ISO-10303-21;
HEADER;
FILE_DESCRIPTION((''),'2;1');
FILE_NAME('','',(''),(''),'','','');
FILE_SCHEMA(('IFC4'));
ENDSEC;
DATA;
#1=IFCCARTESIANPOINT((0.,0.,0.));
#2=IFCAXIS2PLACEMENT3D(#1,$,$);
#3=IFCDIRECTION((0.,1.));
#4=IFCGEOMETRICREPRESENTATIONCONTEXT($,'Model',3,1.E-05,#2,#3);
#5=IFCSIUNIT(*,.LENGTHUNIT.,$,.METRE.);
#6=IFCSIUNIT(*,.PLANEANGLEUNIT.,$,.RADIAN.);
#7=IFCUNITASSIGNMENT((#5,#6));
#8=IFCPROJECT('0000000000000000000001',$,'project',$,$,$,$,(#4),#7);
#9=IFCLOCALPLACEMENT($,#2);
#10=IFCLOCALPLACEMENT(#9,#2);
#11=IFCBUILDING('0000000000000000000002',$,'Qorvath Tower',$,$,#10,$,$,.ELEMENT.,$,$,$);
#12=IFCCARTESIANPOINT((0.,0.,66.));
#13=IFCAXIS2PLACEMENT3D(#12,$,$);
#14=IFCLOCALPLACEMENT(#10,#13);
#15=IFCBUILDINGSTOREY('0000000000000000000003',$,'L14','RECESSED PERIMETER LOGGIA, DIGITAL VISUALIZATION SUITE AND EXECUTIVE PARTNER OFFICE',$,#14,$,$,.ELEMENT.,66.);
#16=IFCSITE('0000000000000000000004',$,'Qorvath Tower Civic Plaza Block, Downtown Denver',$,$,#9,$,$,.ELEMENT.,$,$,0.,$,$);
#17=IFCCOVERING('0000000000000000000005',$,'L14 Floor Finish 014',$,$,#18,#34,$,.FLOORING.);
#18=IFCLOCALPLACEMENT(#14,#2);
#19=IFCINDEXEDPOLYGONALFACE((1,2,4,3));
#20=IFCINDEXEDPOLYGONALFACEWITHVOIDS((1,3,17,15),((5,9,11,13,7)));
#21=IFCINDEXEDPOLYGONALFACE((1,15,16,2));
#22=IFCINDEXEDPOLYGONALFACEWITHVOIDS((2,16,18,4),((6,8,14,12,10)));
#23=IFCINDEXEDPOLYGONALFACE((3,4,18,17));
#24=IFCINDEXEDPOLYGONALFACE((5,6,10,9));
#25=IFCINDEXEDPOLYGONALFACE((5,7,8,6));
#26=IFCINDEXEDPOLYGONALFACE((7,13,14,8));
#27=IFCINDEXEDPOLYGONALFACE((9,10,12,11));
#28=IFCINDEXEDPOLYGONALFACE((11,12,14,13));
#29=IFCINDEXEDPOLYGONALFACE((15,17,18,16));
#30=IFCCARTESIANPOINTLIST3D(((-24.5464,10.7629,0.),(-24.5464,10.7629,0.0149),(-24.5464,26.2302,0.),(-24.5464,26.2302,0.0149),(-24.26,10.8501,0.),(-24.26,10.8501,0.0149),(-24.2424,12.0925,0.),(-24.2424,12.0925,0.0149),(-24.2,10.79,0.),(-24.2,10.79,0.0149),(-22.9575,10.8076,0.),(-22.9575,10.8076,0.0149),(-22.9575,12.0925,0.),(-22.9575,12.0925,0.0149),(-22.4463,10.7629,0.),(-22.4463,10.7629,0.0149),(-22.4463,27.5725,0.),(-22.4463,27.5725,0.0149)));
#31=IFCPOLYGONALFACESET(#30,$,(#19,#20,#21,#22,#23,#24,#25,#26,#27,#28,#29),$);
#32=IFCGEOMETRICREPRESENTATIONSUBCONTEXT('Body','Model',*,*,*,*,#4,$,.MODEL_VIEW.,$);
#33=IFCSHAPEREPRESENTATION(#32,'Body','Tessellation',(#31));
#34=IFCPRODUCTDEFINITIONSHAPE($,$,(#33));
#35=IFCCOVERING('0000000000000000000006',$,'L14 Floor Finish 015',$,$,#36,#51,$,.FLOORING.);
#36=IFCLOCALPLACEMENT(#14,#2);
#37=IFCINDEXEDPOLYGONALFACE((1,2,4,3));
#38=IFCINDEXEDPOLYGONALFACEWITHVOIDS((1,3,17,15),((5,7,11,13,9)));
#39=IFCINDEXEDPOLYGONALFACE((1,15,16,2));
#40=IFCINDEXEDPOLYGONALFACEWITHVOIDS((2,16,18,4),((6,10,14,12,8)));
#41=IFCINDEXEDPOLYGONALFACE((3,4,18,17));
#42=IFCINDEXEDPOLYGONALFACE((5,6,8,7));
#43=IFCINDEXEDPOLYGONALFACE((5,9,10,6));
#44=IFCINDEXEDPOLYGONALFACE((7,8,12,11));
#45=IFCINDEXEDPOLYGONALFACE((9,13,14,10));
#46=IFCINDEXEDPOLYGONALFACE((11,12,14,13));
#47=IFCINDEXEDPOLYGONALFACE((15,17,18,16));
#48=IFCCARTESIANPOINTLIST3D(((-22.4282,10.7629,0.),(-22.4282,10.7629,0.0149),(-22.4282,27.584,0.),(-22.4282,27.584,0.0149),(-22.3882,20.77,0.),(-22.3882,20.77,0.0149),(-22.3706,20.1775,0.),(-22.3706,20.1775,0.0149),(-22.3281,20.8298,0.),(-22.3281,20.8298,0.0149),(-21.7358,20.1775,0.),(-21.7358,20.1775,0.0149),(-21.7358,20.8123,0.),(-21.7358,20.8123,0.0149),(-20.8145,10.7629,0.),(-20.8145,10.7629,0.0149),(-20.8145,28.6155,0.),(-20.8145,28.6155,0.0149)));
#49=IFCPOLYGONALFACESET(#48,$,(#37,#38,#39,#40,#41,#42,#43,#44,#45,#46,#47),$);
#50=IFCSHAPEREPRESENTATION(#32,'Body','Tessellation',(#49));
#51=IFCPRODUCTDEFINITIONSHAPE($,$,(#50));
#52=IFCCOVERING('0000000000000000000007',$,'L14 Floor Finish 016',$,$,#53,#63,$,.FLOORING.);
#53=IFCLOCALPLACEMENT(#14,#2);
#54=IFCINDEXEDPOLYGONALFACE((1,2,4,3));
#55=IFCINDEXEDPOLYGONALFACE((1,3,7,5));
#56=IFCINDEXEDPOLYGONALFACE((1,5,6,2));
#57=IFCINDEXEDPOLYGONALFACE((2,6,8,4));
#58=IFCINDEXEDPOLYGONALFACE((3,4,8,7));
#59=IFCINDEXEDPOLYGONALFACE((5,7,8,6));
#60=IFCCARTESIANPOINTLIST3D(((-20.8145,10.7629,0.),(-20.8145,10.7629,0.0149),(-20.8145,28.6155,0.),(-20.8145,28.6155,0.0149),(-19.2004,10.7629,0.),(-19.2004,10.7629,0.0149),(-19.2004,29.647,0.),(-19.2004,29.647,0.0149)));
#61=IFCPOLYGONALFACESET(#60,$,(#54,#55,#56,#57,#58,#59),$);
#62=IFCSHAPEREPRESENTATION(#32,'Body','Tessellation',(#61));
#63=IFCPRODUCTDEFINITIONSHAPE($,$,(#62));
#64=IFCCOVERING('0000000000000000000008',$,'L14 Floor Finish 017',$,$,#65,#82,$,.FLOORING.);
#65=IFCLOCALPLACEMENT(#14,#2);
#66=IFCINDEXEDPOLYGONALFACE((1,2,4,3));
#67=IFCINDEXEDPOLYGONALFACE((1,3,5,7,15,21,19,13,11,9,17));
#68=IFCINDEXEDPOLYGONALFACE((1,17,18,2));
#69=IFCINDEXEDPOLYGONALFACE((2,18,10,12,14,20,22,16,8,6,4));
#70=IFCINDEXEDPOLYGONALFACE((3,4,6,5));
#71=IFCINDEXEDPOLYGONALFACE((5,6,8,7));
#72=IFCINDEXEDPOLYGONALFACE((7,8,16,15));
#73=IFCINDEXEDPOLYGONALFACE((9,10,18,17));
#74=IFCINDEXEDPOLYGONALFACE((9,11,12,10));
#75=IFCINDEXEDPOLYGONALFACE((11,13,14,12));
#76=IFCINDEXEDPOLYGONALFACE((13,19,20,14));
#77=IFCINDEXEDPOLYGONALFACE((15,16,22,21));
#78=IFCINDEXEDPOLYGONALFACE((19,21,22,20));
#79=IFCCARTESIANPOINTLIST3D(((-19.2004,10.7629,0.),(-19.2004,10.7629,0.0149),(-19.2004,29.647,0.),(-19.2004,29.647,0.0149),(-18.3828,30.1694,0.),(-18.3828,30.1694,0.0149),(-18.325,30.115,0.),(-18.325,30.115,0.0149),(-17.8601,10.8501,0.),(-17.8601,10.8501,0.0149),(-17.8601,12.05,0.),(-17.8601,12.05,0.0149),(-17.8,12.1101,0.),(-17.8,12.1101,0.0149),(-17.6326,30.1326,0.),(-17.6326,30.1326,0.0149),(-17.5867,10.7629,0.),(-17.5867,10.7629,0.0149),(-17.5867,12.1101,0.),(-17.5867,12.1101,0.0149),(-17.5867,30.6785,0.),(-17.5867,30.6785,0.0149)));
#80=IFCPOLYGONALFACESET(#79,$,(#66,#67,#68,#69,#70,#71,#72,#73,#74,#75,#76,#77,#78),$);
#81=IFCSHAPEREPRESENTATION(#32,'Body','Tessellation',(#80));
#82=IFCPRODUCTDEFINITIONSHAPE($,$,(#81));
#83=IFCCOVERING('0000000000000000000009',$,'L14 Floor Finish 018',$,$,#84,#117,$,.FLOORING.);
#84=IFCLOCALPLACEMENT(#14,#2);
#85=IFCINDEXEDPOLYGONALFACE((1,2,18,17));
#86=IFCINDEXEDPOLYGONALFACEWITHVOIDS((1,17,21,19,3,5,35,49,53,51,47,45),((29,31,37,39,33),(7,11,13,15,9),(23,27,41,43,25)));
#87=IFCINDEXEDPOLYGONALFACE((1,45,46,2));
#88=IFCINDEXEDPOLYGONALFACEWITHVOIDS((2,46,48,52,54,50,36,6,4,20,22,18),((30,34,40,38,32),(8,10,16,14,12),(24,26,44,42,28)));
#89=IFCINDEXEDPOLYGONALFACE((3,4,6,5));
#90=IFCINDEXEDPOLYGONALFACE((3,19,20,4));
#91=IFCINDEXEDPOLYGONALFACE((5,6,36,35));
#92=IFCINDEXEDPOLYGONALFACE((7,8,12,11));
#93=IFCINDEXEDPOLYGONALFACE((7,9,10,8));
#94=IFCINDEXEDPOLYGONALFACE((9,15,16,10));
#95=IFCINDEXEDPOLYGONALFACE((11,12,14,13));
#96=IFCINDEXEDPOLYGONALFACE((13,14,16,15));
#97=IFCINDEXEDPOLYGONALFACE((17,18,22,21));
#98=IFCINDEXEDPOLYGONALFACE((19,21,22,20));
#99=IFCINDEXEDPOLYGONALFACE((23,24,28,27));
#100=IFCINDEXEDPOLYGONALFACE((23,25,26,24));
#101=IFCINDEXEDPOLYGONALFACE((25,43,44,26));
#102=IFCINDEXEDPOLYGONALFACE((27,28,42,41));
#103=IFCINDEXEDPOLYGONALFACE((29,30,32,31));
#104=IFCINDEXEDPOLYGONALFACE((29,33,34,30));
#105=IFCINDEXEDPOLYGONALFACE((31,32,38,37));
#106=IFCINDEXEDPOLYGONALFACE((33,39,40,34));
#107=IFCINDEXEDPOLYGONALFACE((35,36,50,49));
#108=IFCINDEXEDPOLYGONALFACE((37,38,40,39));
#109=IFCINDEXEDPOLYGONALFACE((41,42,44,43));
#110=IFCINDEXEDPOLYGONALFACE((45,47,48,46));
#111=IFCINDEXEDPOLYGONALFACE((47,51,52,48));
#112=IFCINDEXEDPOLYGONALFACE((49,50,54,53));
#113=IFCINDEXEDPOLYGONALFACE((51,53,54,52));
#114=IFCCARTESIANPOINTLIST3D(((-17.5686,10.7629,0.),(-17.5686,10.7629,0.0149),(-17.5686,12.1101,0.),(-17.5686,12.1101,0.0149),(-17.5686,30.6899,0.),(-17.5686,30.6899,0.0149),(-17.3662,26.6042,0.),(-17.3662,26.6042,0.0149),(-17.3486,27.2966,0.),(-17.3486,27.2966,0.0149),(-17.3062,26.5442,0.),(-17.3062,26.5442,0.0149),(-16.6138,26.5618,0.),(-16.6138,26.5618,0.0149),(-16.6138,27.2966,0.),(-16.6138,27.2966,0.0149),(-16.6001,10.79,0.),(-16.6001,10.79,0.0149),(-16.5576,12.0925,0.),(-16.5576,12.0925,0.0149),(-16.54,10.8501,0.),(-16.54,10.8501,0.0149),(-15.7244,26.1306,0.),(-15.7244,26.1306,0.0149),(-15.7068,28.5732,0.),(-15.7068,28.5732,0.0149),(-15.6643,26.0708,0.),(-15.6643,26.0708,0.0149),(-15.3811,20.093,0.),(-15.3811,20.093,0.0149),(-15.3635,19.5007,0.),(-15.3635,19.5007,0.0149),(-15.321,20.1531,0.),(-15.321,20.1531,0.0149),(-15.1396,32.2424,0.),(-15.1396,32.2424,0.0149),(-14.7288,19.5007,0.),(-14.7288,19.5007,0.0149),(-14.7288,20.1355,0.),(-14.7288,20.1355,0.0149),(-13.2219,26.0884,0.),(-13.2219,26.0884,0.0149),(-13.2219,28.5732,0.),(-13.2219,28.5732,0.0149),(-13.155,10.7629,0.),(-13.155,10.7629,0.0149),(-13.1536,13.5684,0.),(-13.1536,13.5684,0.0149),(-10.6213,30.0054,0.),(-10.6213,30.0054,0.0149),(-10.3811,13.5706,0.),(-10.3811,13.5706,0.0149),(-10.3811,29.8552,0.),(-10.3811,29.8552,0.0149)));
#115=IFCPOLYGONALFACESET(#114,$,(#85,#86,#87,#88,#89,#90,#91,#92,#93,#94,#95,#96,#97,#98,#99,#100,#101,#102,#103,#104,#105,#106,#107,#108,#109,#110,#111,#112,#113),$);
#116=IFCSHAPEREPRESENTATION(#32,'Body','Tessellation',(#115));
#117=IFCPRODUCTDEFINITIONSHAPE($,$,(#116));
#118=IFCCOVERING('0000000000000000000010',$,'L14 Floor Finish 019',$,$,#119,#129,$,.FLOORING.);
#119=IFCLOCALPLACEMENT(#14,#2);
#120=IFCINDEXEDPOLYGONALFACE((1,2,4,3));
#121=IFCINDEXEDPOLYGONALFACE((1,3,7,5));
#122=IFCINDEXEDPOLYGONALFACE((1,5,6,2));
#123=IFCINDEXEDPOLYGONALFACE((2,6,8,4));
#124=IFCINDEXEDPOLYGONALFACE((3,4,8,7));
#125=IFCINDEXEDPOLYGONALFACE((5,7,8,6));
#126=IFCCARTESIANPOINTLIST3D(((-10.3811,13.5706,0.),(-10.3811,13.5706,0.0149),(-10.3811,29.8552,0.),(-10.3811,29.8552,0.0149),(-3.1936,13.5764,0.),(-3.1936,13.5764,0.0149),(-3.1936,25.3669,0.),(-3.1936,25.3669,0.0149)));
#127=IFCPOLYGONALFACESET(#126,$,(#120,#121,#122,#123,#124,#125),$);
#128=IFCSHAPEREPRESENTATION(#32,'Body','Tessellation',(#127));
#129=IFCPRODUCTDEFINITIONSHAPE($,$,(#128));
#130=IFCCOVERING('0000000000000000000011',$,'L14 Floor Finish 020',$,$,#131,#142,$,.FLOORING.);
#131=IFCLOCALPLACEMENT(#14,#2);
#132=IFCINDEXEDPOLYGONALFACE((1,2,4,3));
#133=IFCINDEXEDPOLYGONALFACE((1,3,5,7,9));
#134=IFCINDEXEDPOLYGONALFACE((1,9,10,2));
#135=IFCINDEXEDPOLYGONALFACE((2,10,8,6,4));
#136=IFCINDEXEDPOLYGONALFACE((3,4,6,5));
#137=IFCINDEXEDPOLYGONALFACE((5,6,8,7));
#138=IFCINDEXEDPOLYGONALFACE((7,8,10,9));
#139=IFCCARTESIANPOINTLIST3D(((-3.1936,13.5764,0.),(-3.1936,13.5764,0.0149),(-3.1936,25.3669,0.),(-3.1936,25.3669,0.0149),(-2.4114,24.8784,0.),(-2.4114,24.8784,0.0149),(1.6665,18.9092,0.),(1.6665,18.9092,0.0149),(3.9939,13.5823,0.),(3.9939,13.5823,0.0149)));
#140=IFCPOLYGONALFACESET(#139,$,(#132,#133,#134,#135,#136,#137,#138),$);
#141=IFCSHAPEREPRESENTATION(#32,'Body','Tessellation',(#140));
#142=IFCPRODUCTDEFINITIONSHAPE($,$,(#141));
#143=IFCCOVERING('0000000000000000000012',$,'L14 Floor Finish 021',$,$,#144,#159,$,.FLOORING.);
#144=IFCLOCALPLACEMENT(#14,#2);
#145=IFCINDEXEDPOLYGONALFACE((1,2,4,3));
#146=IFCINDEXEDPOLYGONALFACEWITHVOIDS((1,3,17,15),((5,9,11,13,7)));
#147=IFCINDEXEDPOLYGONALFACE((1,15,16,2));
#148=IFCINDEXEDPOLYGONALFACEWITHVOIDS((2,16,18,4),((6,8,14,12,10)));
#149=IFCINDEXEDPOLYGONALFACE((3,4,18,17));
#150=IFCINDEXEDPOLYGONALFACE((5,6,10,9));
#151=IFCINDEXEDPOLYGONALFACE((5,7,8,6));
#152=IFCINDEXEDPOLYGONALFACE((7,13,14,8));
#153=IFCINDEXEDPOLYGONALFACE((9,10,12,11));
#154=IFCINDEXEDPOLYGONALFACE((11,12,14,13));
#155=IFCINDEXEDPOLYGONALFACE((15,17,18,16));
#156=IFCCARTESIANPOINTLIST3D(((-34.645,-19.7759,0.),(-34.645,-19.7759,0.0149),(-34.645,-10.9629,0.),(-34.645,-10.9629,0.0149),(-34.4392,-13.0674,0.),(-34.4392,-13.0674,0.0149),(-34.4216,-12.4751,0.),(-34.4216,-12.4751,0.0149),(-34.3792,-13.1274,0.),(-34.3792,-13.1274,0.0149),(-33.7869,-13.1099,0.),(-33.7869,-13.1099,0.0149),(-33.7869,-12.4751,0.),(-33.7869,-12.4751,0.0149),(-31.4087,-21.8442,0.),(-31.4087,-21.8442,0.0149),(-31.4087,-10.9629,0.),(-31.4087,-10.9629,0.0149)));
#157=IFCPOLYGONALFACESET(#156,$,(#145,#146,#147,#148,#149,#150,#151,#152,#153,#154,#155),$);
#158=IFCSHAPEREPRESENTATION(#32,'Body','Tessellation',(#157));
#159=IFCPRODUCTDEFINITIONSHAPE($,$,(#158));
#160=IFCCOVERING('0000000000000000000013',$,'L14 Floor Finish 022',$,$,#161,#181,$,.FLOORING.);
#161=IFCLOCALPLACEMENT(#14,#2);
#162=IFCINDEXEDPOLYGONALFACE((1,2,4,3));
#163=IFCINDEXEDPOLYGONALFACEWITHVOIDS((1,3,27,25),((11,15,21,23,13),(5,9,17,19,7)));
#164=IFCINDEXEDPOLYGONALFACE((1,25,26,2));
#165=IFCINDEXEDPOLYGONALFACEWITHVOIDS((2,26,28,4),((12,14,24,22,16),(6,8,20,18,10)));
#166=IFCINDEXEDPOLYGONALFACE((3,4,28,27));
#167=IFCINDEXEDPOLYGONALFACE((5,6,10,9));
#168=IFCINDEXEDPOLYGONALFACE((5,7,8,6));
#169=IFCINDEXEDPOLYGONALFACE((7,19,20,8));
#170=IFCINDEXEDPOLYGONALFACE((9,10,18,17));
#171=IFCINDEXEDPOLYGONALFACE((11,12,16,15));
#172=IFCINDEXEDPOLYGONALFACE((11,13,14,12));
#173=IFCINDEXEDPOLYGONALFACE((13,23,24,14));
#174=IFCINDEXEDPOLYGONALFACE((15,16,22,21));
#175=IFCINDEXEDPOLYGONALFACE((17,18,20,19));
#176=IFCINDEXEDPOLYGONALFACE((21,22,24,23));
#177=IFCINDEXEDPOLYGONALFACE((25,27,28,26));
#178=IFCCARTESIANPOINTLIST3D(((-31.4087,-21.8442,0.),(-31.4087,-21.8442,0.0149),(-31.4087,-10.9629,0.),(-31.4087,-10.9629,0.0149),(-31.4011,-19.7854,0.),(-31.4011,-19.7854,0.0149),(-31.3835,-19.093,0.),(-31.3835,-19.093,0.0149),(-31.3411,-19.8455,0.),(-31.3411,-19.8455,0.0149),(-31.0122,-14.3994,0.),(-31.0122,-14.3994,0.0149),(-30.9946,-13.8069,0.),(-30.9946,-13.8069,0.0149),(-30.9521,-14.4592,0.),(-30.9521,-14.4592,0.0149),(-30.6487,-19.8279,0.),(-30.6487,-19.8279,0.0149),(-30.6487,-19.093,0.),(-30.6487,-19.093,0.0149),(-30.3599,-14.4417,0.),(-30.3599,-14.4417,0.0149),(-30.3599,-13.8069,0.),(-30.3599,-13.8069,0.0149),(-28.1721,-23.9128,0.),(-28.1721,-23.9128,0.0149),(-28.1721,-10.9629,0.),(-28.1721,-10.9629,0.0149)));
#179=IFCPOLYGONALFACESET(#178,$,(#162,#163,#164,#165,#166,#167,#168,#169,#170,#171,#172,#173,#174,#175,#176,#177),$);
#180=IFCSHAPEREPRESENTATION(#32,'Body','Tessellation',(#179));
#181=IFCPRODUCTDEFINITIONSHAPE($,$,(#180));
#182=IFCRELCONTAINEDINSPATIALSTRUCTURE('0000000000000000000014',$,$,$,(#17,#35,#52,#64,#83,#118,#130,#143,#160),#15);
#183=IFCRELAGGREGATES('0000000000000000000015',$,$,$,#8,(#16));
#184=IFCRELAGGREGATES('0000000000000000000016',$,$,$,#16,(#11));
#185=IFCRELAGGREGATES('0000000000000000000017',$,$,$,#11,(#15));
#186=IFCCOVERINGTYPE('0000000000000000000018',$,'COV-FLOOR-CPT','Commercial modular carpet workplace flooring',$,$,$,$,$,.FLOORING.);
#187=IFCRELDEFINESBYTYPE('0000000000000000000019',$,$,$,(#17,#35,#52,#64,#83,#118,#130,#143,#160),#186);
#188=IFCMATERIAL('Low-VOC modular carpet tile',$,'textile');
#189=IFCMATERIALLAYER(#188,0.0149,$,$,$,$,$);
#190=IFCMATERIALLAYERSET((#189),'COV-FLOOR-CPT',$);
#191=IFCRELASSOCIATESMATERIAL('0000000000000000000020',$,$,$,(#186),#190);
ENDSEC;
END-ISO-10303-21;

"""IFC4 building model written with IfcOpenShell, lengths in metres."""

from ifc_helpers import new_model, si_unit, direction, frame, origin, place, context, subcontext, project, spatial, polyline, outline, extrude, material, layer, layer_set, type_object, element, save


model = new_model("IFC4")

# Units and contexts
model_context = context("Model", 3, precision=1e-05, world=origin(), true_north=direction((0.0, 1.0)))
body_context = subcontext(model_context, "Body", "Model", "MODEL_VIEW")
ifc_project = project(units=[si_unit("LENGTHUNIT", "METRE"), si_unit("PLANEANGLEUNIT", "RADIAN")], contexts=[model_context])

# Site, building, storey
site_placement = place(None, origin())
site = spatial("IfcSite", under=ifc_project, at=site_placement, Name="Qorvath Tower Civic Plaza Block, Downtown Denver", CompositionType="ELEMENT", RefElevation=0.0)
building_placement = place(site_placement, origin())
building = spatial("IfcBuilding", under=site, at=building_placement, Name="Qorvath Tower", CompositionType="ELEMENT")
storey_placement = place(building_placement, frame((0.0, 0.0, 66.0)))
storey = spatial("IfcBuildingStorey", under=building, at=storey_placement, Name="L14", Description="RECESSED PERIMETER LOGGIA, DIGITAL VISUALIZATION SUITE AND EXECUTIVE PARTNER OFFICE", CompositionType="ELEMENT", Elevation=66.0)

# Coverings
ifc_material_1 = material(Name="Low-VOC modular carpet tile", Category="textile")
ifc_layer_1 = layer(ifc_material_1, 0.0149)
ifc_layer_set_1 = layer_set([ifc_layer_1], Name="COV-FLOOR-CPT")
covering_type_1 = type_object("IfcCoveringType", Name="COV-FLOOR-CPT", Description="Commercial modular carpet workplace flooring", PredefinedType="FLOORING", material=ifc_layer_set_1)
covering_1_placement = place(storey_placement, origin())
element("IfcCovering", 1, at=covering_1_placement, inside=storey, type_object=covering_type_1, Name="L14 Floor Finish 014", PredefinedType="FLOORING", context=body_context, shape_type="SweptSolid", body=[
    extrude(outline(polyline([(-24.5464, 26.2302), (-24.5464, 10.7629), (-22.4463, 10.7629), (-22.4463, 27.5725), (-24.5464, 26.2302)]), holes=[polyline([(-24.26, 10.8501), (-24.2424, 12.0925), (-22.9575, 12.0925), (-22.9575, 10.8076), (-24.2, 10.79), (-24.26, 10.8501)])]), origin(), (0.0, 0.0, 1.0), 0.0149),
])
covering_2_placement = place(storey_placement, origin())
element("IfcCovering", 2, at=covering_2_placement, inside=storey, type_object=covering_type_1, Name="L14 Floor Finish 015", PredefinedType="FLOORING", context=body_context, shape_type="SweptSolid", body=[
    extrude(outline(polyline([(-20.8145, 10.7629), (-20.8145, 28.6155), (-22.4282, 27.584), (-22.4282, 10.7629), (-20.8145, 10.7629)]), holes=[polyline([(-22.3882, 20.77), (-22.3281, 20.8298), (-21.7358, 20.8123), (-21.7358, 20.1775), (-22.3706, 20.1775), (-22.3882, 20.77)])]), origin(), (0.0, 0.0, 1.0), 0.0149),
])
covering_3_placement = place(storey_placement, origin())
element("IfcCovering", 3, at=covering_3_placement, inside=storey, type_object=covering_type_1, Name="L14 Floor Finish 016", PredefinedType="FLOORING", context=body_context, shape_type="SweptSolid", body=[
    extrude(outline(polyline([(-19.2004, 10.7629), (-19.2004, 29.647), (-20.8145, 28.6155), (-20.8145, 10.7629), (-19.2004, 10.7629)])), origin(), (0.0, 0.0, 1.0), 0.0149),
])
covering_4_placement = place(storey_placement, origin())
element("IfcCovering", 4, at=covering_4_placement, inside=storey, type_object=covering_type_1, Name="L14 Floor Finish 017", PredefinedType="FLOORING", context=body_context, shape_type="SweptSolid", body=[
    extrude(outline(polyline([(-17.5867, 12.1101), (-17.5867, 30.6785), (-17.6326, 30.1326), (-18.325, 30.115), (-18.3828, 30.1694), (-19.2004, 29.647), (-19.2004, 10.7629), (-17.5867, 10.7629), (-17.8601, 10.8501), (-17.8601, 12.05), (-17.8, 12.1101), (-17.5867, 12.1101)])), origin(), (0.0, 0.0, 1.0), 0.0149),
])
covering_5_placement = place(storey_placement, origin())
element("IfcCovering", 5, at=covering_5_placement, inside=storey, type_object=covering_type_1, Name="L14 Floor Finish 018", PredefinedType="FLOORING", context=body_context, shape_type="SweptSolid", body=[
    extrude(outline(polyline([(-13.1536, 13.5684), (-10.3811, 13.5706), (-10.3811, 29.8552), (-10.6213, 30.0054), (-15.1396, 32.2424), (-17.5686, 30.6899), (-17.5686, 12.1101), (-16.5576, 12.0925), (-16.54, 10.8501), (-16.6001, 10.79), (-17.5686, 10.7629), (-13.155, 10.7629), (-13.1536, 13.5684)]), holes=[polyline([(-15.7244, 26.1306), (-15.7068, 28.5732), (-13.2219, 28.5732), (-13.2219, 26.0884), (-15.6643, 26.0708), (-15.7244, 26.1306)]), polyline([(-15.3811, 20.093), (-15.321, 20.1531), (-14.7288, 20.1355), (-14.7288, 19.5007), (-15.3635, 19.5007), (-15.3811, 20.093)]), polyline([(-17.3662, 26.6042), (-17.3486, 27.2966), (-16.6138, 27.2966), (-16.6138, 26.5618), (-17.3062, 26.5442), (-17.3662, 26.6042)])]), origin(), (0.0, 0.0, 1.0), 0.0149),
])
covering_6_placement = place(storey_placement, origin())
element("IfcCovering", 6, at=covering_6_placement, inside=storey, type_object=covering_type_1, Name="L14 Floor Finish 019", PredefinedType="FLOORING", context=body_context, shape_type="SweptSolid", body=[
    extrude(outline(polyline([(-10.3811, 29.8552), (-10.3811, 13.5706), (-3.1936, 13.5764), (-3.1936, 25.3669), (-10.3811, 29.8552)])), origin(), (0.0, 0.0, 1.0), 0.0149),
])
covering_7_placement = place(storey_placement, origin())
element("IfcCovering", 7, at=covering_7_placement, inside=storey, type_object=covering_type_1, Name="L14 Floor Finish 020", PredefinedType="FLOORING", context=body_context, shape_type="SweptSolid", body=[
    extrude(outline(polyline([(-3.1936, 25.3669), (-3.1936, 13.5764), (3.9939, 13.5823), (1.6665, 18.9092), (-2.4114, 24.8784), (-3.1936, 25.3669)])), origin(), (0.0, 0.0, 1.0), 0.0149),
])
covering_8_placement = place(storey_placement, origin())
element("IfcCovering", 8, at=covering_8_placement, inside=storey, type_object=covering_type_1, Name="L14 Floor Finish 021", PredefinedType="FLOORING", context=body_context, shape_type="SweptSolid", body=[
    extrude(outline(polyline([(-34.645, -10.9629), (-34.645, -19.7759), (-31.4087, -21.8442), (-31.4087, -10.9629), (-34.645, -10.9629)]), holes=[polyline([(-34.4392, -13.0674), (-34.4216, -12.4751), (-33.7869, -12.4751), (-33.7869, -13.1099), (-34.3792, -13.1274), (-34.4392, -13.0674)])]), origin(), (0.0, 0.0, 1.0), 0.0149),
])
covering_9_placement = place(storey_placement, origin())
element("IfcCovering", 9, at=covering_9_placement, inside=storey, type_object=covering_type_1, Name="L14 Floor Finish 022", PredefinedType="FLOORING", context=body_context, shape_type="SweptSolid", body=[
    extrude(outline(polyline([(-31.4087, -10.9629), (-31.4087, -21.8442), (-28.1721, -23.9128), (-28.1721, -10.9629), (-31.4087, -10.9629)]), holes=[polyline([(-31.0122, -14.3994), (-30.9946, -13.8069), (-30.3599, -13.8069), (-30.3599, -14.4417), (-30.9521, -14.4592), (-31.0122, -14.3994)]), polyline([(-31.4011, -19.7854), (-31.3835, -19.093), (-30.6487, -19.093), (-30.6487, -19.8279), (-31.3411, -19.8455), (-31.4011, -19.7854)])]), origin(), (0.0, 0.0, 1.0), 0.0149),
])

save(model, "model.ifc")
